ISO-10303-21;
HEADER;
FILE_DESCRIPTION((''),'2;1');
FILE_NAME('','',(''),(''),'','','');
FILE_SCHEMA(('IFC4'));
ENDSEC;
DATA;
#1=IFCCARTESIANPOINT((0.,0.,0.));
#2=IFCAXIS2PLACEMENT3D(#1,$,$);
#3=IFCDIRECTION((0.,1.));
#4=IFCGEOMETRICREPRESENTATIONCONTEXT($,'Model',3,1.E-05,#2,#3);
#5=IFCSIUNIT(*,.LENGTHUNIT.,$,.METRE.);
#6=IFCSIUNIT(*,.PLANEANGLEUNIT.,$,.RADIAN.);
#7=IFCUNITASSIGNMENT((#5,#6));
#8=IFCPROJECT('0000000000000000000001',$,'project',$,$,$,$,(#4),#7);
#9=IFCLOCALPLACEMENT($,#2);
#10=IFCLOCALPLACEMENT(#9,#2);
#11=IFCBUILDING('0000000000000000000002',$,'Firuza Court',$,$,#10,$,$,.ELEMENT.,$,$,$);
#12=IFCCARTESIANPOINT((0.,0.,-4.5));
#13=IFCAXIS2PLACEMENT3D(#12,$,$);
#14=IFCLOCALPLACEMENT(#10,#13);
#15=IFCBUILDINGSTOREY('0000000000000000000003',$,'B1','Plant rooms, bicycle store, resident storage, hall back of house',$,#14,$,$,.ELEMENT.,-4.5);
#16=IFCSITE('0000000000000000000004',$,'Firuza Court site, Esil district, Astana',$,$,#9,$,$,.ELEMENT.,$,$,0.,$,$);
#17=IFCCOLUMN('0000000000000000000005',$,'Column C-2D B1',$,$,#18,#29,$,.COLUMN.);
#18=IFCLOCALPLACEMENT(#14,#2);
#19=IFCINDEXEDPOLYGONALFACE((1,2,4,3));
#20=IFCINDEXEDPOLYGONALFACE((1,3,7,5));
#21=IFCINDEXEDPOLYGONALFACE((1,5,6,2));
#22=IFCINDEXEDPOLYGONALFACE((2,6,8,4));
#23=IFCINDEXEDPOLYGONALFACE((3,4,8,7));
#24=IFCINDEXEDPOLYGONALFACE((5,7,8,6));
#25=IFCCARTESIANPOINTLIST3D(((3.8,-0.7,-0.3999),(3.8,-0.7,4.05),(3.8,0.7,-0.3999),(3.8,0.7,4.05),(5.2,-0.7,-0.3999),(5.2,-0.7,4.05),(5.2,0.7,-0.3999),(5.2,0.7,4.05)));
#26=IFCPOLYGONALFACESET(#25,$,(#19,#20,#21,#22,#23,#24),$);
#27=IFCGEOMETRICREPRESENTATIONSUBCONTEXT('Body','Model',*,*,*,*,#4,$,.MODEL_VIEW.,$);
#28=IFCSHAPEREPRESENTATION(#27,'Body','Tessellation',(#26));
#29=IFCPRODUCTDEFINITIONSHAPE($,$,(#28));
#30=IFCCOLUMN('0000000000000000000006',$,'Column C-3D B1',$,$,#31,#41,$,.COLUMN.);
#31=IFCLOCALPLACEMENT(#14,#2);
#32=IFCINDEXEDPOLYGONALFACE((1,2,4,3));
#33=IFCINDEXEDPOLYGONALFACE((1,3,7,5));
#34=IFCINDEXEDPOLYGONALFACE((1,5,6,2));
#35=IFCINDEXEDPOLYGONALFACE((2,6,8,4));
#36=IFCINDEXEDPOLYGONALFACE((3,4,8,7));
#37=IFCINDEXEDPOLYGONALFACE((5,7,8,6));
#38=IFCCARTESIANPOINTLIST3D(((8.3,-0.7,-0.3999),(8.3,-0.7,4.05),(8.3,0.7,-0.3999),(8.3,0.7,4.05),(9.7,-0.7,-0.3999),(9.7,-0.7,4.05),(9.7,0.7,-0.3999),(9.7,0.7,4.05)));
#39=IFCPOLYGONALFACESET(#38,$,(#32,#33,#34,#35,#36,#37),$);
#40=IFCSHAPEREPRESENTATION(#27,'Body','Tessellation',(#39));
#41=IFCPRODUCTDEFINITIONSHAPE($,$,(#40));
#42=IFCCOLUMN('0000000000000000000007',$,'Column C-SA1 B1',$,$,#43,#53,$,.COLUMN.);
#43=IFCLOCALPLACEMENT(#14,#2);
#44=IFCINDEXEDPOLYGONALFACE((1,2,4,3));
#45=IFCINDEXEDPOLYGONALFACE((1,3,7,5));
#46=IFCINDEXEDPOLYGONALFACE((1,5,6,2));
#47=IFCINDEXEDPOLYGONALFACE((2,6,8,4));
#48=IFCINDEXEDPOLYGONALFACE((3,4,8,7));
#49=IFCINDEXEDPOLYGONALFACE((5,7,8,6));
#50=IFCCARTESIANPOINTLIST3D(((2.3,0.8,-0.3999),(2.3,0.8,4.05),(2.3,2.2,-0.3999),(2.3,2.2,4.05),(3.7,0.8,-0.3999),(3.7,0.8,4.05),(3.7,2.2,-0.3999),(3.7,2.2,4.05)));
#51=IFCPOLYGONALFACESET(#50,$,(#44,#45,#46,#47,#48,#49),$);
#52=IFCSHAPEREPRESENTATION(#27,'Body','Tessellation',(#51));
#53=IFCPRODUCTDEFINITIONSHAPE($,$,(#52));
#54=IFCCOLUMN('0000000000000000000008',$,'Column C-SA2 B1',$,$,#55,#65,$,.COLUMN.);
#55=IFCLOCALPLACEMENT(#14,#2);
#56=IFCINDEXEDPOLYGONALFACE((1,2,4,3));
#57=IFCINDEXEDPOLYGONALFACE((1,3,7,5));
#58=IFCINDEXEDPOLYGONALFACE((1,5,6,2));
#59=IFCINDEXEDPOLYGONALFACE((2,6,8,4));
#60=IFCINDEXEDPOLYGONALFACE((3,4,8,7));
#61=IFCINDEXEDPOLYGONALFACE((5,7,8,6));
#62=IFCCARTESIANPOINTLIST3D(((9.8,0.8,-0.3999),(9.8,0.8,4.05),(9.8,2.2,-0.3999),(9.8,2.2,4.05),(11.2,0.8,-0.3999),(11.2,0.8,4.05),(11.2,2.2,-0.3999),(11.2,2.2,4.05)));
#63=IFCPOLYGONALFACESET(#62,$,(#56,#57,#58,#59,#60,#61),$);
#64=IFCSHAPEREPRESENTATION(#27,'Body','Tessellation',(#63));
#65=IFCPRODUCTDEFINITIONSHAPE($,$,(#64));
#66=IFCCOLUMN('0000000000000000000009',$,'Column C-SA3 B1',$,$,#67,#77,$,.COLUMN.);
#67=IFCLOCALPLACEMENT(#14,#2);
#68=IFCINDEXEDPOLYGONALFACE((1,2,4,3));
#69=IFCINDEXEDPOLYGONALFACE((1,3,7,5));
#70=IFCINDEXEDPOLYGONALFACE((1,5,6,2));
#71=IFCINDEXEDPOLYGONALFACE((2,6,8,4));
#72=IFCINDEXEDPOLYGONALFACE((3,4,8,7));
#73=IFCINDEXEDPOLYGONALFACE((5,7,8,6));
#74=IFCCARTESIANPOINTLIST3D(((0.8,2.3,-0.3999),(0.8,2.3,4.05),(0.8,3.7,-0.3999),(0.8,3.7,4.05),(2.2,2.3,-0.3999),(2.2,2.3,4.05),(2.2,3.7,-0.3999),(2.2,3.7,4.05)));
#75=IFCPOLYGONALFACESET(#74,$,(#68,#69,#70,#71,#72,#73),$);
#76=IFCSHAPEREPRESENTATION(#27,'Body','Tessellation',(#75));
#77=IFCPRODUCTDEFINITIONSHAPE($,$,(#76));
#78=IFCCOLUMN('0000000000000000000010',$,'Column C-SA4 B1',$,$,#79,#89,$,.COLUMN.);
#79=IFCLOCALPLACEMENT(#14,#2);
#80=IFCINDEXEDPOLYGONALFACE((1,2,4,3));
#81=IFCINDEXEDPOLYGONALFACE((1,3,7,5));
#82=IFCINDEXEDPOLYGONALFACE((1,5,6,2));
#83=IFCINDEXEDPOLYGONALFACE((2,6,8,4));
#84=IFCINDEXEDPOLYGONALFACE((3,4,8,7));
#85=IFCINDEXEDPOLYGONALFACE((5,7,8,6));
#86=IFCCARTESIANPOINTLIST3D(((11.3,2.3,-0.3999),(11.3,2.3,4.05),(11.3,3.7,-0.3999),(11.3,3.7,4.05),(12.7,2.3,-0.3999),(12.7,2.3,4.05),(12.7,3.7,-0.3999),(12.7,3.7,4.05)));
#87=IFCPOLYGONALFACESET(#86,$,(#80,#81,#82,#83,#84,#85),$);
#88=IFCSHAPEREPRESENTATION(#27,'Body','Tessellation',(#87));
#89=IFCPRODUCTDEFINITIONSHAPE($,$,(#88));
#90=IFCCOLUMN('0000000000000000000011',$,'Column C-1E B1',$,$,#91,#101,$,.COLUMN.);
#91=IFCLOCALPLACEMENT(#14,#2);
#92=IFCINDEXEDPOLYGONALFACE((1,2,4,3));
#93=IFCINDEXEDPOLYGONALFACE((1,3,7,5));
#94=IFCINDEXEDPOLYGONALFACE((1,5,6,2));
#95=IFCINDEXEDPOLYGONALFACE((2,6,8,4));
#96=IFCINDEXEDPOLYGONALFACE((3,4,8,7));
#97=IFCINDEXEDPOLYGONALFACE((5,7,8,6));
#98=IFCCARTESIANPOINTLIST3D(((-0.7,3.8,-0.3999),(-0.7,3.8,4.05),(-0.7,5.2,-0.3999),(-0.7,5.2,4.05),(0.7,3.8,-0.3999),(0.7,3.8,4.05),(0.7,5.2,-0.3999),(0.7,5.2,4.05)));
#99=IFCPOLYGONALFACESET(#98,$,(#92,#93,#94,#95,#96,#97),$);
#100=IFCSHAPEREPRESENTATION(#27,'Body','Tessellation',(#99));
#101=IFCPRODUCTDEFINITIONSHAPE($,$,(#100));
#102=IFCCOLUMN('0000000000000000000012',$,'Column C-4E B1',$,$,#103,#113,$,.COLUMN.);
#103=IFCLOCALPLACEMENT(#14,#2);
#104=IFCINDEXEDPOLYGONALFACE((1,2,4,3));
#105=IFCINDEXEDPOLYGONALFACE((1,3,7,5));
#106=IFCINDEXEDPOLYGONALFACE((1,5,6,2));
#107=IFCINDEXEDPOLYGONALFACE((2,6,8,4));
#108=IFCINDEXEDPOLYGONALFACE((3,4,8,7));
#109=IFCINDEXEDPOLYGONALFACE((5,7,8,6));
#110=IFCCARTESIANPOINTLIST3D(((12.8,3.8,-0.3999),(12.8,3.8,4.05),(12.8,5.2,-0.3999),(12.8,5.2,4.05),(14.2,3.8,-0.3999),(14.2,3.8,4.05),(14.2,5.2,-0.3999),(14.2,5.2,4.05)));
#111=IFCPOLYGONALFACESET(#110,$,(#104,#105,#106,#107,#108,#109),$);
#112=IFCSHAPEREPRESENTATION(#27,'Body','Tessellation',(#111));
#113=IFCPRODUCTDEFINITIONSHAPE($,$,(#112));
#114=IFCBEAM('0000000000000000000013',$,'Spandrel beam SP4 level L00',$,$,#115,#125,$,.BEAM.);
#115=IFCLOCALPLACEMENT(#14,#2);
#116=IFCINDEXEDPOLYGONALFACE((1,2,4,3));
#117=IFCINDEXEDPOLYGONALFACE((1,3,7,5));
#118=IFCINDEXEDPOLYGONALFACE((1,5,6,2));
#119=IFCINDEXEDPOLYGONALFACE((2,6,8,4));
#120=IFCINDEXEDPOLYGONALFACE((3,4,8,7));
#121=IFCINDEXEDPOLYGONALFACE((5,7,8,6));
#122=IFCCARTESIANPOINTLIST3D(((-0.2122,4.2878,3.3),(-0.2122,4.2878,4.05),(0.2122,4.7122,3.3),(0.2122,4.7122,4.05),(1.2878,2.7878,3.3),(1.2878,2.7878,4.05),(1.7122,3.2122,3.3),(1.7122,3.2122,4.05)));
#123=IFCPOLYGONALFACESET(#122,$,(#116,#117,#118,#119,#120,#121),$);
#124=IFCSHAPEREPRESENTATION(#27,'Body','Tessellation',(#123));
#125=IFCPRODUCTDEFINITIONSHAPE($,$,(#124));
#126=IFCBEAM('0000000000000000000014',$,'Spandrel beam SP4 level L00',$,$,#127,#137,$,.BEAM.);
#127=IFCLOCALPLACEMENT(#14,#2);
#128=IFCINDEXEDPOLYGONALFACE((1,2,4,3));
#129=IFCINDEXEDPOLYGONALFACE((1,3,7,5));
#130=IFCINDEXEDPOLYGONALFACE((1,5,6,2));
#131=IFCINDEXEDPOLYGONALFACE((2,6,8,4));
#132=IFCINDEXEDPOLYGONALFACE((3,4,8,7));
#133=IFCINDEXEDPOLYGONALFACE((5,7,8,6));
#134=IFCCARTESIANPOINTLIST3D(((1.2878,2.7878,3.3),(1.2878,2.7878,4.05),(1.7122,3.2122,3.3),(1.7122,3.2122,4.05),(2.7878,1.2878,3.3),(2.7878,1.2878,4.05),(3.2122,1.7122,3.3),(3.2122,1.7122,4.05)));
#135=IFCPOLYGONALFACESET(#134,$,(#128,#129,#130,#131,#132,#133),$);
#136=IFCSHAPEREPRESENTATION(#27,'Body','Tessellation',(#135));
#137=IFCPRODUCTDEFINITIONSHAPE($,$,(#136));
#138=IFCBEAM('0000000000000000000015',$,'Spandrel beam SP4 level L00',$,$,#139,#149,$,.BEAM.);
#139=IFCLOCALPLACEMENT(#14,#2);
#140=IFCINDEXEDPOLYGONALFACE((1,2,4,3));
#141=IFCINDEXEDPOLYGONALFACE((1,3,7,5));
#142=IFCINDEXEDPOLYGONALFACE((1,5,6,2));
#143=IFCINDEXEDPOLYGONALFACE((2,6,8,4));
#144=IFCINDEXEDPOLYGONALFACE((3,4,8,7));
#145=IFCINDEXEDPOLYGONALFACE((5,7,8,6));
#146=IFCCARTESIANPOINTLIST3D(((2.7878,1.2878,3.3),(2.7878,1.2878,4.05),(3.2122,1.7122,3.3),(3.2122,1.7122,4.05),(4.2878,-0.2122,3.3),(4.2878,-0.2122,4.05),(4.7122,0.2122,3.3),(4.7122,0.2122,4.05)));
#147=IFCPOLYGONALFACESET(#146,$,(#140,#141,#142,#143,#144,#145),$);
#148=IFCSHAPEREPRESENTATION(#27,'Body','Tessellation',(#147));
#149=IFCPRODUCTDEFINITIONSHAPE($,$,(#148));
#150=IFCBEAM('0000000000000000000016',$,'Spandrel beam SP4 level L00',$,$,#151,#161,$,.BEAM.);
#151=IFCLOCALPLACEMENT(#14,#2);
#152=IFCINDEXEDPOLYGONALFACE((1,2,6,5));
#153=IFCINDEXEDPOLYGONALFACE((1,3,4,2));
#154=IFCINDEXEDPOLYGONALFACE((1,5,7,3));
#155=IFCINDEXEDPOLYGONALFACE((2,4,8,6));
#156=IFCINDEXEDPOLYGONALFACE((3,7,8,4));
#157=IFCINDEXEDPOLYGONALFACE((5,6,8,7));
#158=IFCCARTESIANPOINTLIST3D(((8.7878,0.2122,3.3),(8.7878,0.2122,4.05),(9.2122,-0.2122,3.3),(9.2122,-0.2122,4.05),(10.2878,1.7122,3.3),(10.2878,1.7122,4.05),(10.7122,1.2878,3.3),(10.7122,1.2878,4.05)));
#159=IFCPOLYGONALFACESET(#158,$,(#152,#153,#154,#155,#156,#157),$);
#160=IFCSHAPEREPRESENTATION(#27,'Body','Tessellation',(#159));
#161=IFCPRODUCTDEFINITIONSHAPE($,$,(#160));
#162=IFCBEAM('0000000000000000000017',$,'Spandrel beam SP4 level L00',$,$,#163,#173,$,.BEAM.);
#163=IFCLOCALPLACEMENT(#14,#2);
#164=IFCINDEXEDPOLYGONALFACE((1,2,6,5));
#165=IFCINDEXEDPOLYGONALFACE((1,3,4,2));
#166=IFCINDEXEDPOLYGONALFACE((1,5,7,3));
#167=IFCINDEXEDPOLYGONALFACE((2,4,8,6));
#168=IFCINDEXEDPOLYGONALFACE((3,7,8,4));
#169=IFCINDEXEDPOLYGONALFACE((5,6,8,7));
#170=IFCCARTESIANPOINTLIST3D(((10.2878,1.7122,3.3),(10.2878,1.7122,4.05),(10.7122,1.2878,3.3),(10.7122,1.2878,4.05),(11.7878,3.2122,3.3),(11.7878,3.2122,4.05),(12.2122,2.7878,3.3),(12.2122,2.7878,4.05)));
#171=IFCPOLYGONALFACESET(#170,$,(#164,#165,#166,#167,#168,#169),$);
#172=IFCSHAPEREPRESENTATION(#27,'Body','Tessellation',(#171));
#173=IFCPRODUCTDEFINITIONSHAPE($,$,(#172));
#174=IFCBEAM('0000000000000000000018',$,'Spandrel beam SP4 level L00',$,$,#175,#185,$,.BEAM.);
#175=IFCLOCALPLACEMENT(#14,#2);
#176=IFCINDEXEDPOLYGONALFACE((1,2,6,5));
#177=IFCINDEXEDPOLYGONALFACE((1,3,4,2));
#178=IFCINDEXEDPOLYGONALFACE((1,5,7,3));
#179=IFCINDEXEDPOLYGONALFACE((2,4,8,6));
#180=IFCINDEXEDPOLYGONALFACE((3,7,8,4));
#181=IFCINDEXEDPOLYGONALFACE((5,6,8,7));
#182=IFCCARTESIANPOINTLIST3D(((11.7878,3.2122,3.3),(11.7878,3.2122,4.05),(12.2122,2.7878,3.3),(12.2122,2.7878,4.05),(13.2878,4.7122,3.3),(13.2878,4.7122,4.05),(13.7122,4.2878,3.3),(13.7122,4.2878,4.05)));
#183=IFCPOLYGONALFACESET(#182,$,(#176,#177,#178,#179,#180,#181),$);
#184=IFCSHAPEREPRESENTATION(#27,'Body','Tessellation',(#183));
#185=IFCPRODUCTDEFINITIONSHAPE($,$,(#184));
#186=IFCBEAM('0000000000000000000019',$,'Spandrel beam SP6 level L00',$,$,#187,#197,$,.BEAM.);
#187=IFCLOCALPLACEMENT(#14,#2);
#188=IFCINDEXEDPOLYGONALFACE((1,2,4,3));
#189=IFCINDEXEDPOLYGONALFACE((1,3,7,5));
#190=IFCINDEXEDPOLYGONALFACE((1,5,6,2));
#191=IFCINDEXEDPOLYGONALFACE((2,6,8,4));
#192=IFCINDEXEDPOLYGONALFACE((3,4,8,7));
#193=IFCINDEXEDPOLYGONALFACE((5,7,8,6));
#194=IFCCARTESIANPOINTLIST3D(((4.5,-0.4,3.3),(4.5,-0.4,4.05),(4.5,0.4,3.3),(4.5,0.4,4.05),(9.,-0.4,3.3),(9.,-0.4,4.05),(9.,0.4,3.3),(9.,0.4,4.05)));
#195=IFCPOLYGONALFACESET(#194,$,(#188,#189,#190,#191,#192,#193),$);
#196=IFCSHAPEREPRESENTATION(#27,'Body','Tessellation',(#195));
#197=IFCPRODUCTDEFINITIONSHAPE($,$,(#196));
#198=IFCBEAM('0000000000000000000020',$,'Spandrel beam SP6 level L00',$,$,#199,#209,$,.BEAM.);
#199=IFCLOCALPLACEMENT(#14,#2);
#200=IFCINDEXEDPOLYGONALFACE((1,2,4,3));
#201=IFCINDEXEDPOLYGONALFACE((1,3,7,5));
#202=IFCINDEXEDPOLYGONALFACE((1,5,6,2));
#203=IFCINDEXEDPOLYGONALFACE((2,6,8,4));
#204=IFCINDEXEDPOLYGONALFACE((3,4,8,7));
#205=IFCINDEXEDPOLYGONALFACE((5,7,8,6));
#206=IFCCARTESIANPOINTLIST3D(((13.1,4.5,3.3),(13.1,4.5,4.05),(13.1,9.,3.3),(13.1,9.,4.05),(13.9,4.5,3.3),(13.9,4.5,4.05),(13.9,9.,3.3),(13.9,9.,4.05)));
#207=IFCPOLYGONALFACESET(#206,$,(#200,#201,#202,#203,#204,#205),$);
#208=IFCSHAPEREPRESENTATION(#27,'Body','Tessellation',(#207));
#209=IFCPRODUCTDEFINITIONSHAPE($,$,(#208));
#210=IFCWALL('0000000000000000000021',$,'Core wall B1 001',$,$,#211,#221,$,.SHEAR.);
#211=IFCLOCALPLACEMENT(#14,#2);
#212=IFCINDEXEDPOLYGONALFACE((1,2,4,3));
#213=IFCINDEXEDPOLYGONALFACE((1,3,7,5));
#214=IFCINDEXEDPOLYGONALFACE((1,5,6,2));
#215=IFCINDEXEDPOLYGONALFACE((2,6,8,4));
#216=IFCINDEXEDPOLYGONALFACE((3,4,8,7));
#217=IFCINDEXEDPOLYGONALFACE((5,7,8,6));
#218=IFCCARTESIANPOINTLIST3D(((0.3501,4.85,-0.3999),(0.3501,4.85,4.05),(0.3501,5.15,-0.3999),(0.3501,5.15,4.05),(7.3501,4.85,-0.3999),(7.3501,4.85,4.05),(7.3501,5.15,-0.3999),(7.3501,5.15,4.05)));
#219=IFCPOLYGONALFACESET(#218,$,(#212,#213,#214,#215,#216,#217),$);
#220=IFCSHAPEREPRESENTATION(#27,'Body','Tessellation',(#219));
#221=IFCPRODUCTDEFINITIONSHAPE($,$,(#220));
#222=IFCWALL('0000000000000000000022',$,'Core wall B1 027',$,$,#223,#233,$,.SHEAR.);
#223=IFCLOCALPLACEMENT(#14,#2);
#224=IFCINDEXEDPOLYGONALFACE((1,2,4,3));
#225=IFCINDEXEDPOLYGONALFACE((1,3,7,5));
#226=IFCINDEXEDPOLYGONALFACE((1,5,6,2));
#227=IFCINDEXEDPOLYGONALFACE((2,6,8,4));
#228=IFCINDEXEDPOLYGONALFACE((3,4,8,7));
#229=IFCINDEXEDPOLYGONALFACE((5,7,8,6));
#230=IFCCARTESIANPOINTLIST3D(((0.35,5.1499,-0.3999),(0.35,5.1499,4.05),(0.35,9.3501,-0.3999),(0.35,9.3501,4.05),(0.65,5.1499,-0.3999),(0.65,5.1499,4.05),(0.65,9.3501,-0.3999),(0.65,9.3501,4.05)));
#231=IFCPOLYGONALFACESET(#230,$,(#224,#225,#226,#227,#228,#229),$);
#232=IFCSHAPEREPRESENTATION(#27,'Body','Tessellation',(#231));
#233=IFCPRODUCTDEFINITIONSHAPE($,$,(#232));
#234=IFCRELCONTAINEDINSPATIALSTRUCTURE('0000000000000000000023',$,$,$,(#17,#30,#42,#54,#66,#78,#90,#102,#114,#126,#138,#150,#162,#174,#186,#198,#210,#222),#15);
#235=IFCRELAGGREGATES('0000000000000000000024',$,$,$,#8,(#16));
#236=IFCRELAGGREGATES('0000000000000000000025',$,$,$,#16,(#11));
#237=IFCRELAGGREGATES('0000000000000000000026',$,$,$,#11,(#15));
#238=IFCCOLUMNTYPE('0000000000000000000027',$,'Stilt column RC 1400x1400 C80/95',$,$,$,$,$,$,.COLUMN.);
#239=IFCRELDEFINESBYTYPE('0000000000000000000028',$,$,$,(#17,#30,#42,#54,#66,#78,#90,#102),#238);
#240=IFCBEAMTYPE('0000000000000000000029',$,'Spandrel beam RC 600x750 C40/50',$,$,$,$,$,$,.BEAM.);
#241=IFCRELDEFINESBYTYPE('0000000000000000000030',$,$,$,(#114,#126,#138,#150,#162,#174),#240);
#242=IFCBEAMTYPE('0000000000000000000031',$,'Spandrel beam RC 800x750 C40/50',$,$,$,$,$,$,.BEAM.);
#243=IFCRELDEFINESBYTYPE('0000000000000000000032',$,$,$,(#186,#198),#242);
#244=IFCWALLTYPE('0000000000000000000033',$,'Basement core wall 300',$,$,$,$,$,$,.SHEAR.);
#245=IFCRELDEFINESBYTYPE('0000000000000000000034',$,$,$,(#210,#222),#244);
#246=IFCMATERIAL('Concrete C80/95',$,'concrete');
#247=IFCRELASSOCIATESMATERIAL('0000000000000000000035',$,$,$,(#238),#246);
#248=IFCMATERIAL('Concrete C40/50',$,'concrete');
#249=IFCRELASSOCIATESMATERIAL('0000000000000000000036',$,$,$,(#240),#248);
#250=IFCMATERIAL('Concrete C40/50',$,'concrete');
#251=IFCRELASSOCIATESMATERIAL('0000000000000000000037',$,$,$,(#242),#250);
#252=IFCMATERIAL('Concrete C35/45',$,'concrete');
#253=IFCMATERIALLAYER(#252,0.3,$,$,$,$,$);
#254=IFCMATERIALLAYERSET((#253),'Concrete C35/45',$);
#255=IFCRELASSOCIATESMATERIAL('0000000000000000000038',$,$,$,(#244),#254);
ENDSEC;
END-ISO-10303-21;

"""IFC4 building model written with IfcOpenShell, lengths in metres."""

from ifc_helpers import new_model, si_unit, direction, frame, frame_2d, origin, origin_2d, place, context, subcontext, project, spatial, rectangle, extrude, material, layer, layer_set, material_profile, profile_set, type_object, element, save


model = new_model("IFC4")

# Units and contexts
model_context = context("Model", 3, precision=1e-05, world=origin(), true_north=direction((0.0, 1.0)))
body_context = subcontext(model_context, "Body", "Model", "MODEL_VIEW")
ifc_project = project(units=[si_unit("LENGTHUNIT", "METRE"), si_unit("PLANEANGLEUNIT", "RADIAN")], contexts=[model_context])

# Site, building, storey
site_placement = place(None, origin())
site = spatial("IfcSite", under=ifc_project, at=site_placement, Name="Firuza Court site, Esil district, Astana", CompositionType="ELEMENT", RefElevation=0.0)
building_placement = place(site_placement, origin())
building = spatial("IfcBuilding", under=site, at=building_placement, Name="Firuza Court", CompositionType="ELEMENT")
storey_placement = place(building_placement, frame((0.0, 0.0, -4.5)))
storey = spatial("IfcBuildingStorey", under=building, at=storey_placement, Name="B1", Description="Plant rooms, bicycle store, resident storage, hall back of house", CompositionType="ELEMENT", Elevation=-4.5)

# Columns
ifc_material_1 = material(Name="Concrete C80/95", Category="concrete")
ifc_material_profile_1 = material_profile(ifc_material_1, rectangle(XDim=1.3999, YDim=1.3999, at=origin_2d()), Name="RC 1400x1400")
ifc_profile_set_1 = profile_set([ifc_material_profile_1], Name="Concrete C80/95")
column_type = type_object("IfcColumnType", Name="Stilt column RC 1400x1400 C80/95", PredefinedType="COLUMN", material=ifc_profile_set_1)
for number, where, z_axis, x_axis, name in (
    (1, (4.5, 0.0, -0.3999), (0.0, 0.0, 1.0), (1.0, 0.0, 0.0), "Column C-2D B1"),
    (2, (9.0, 0.0, -0.3999), (0.0, 0.0, 1.0), (1.0, 0.0, 0.0), "Column C-3D B1"),
    (3, (3.0, 1.5, -0.3999), (0.0, 0.0, 1.0), (1.0, 0.0, 0.0), "Column C-SA1 B1"),
    (4, (10.5, 1.5, -0.3999), (0.0, 0.0, 1.0), (1.0, 0.0, 0.0), "Column C-SA2 B1"),
    (5, (1.5, 3.0, -0.3999), (0.0, 0.0, 1.0), (1.0, 0.0, 0.0), "Column C-SA3 B1"),
    (6, (12.0, 3.0, -0.3999), (0.0, 0.0, 1.0), (1.0, 0.0, 0.0), "Column C-SA4 B1"),
    (7, (0.0, 4.5, -0.3999), (0.0, 0.0, 1.0), (1.0, 0.0, 0.0), "Column C-1E B1"),
    (8, (13.5, 4.5, -0.3999), (0.0, 0.0, 1.0), (1.0, 0.0, 0.0), "Column C-4E B1"),
):
    element("IfcColumn", number, at=place(storey_placement, frame(where, z_axis=z_axis, x_axis=x_axis)), inside=storey, type_object=column_type, Name=name, PredefinedType="COLUMN", context=body_context, shape_type="SweptSolid", body=[
        extrude(rectangle(XDim=1.3999, YDim=1.3999, at=origin_2d()), origin(), (0.0, 0.0, 1.0), 4.45),
    ])

# Beams
ifc_material_2 = material(Name="Concrete C40/50", Category="concrete")
ifc_material_profile_2 = material_profile(ifc_material_2, rectangle(XDim=0.6001, YDim=0.75, at=origin_2d()), Name="RC 600x750")
ifc_profile_set_2 = profile_set([ifc_material_profile_2], Name="Concrete C40/50")
beam_type_1 = type_object("IfcBeamType", Name="Spandrel beam RC 600x750 C40/50", PredefinedType="BEAM", material=ifc_profile_set_2)
for number, where, z_axis, x_axis, name in (
    (9, (0.0, 4.5, 3.675), (0.707107, -0.707107, 0.0), (0.707107, 0.707107, 0.0), "Spandrel beam SP4 level L00"),
    (10, (1.5, 3.0, 3.675), (0.707107, -0.707107, 0.0), (0.707107, 0.707107, 0.0), "Spandrel beam SP4 level L00"),
    (11, (3.0, 1.5, 3.675), (0.707107, -0.707107, 0.0), (0.707107, 0.707107, 0.0), "Spandrel beam SP4 level L00"),
    (12, (9.0, 0.0, 3.675), (0.707107, 0.707107, 0.0), (-0.707107, 0.707107, 0.0), "Spandrel beam SP4 level L00"),
    (13, (10.5, 1.5, 3.675), (0.707107, 0.707107, 0.0), (-0.707107, 0.707107, 0.0), "Spandrel beam SP4 level L00"),
    (14, (12.0, 3.0, 3.675), (0.707107, 0.707107, 0.0), (-0.707107, 0.707107, 0.0), "Spandrel beam SP4 level L00"),
):
    element("IfcBeam", number, at=place(storey_placement, frame(where, z_axis=z_axis, x_axis=x_axis)), inside=storey, type_object=beam_type_1, Name=name, PredefinedType="BEAM", context=body_context, shape_type="SweptSolid", body=[
        extrude(rectangle(XDim=0.6001, YDim=0.75, at=origin_2d()), origin(), (0.0, 0.0, 1.0), 2.1213),
    ])
ifc_material_3 = material(Name="Concrete C40/50", Category="concrete")
ifc_material_profile_3 = material_profile(ifc_material_3, rectangle(XDim=0.8, YDim=0.75, at=origin_2d()), Name="RC 800x750")
ifc_profile_set_3 = profile_set([ifc_material_profile_3], Name="Concrete C40/50")
beam_type_2 = type_object("IfcBeamType", Name="Spandrel beam RC 800x750 C40/50", PredefinedType="BEAM", material=ifc_profile_set_3)
for number, where, z_axis, x_axis, name in (
    (15, (4.5, 0.0, 3.675), (1.0, 0.0, 0.0), (0.0, 1.0, 0.0), "Spandrel beam SP6 level L00"),
    (16, (13.5, 4.5, 3.675), (0.0, 1.0, 0.0), (-1.0, 0.0, 0.0), "Spandrel beam SP6 level L00"),
):
    element("IfcBeam", number, at=place(storey_placement, frame(where, z_axis=z_axis, x_axis=x_axis)), inside=storey, type_object=beam_type_2, Name=name, PredefinedType="BEAM", context=body_context, shape_type="SweptSolid", body=[
        extrude(rectangle(XDim=0.8, YDim=0.75, at=origin_2d()), origin(), (0.0, 0.0, 1.0), 4.5),
    ])

# Walls
ifc_material_4 = material(Name="Concrete C35/45", Category="concrete")
ifc_layer_1 = layer(ifc_material_4, 0.3)
ifc_layer_set_1 = layer_set([ifc_layer_1], Name="Concrete C35/45")
wall_type_1 = type_object("IfcWallType", Name="Basement core wall 300", PredefinedType="SHEAR", material=ifc_layer_set_1)
wall_1_placement = place(storey_placement, frame((0.3501, 5.0, -0.3999), z_axis=(0.0, 0.0, 1.0), x_axis=(1.0, 0.0, 0.0)))
element("IfcWall", 17, at=wall_1_placement, inside=storey, type_object=wall_type_1, Name="Core wall B1 001", PredefinedType="SHEAR", context=body_context, shape_type="SweptSolid", body=[
    extrude(rectangle(XDim=7.0, YDim=0.3, at=frame_2d((3.5, 0.0))), origin(), (0.0, 0.0, 1.0), 4.45),
])
wall_2_placement = place(storey_placement, frame((0.5, 5.1499, -0.3999), z_axis=(0.0, 0.0, 1.0), x_axis=(0.0, 1.0, 0.0)))
element("IfcWall", 18, at=wall_2_placement, inside=storey, type_object=wall_type_1, Name="Core wall B1 027", PredefinedType="SHEAR", context=body_context, shape_type="SweptSolid", body=[
    extrude(rectangle(XDim=4.2002, YDim=0.3, at=frame_2d((2.1001, 0.0))), origin(), (0.0, 0.0, 1.0), 4.45),
])

save(model, "model.ifc")
